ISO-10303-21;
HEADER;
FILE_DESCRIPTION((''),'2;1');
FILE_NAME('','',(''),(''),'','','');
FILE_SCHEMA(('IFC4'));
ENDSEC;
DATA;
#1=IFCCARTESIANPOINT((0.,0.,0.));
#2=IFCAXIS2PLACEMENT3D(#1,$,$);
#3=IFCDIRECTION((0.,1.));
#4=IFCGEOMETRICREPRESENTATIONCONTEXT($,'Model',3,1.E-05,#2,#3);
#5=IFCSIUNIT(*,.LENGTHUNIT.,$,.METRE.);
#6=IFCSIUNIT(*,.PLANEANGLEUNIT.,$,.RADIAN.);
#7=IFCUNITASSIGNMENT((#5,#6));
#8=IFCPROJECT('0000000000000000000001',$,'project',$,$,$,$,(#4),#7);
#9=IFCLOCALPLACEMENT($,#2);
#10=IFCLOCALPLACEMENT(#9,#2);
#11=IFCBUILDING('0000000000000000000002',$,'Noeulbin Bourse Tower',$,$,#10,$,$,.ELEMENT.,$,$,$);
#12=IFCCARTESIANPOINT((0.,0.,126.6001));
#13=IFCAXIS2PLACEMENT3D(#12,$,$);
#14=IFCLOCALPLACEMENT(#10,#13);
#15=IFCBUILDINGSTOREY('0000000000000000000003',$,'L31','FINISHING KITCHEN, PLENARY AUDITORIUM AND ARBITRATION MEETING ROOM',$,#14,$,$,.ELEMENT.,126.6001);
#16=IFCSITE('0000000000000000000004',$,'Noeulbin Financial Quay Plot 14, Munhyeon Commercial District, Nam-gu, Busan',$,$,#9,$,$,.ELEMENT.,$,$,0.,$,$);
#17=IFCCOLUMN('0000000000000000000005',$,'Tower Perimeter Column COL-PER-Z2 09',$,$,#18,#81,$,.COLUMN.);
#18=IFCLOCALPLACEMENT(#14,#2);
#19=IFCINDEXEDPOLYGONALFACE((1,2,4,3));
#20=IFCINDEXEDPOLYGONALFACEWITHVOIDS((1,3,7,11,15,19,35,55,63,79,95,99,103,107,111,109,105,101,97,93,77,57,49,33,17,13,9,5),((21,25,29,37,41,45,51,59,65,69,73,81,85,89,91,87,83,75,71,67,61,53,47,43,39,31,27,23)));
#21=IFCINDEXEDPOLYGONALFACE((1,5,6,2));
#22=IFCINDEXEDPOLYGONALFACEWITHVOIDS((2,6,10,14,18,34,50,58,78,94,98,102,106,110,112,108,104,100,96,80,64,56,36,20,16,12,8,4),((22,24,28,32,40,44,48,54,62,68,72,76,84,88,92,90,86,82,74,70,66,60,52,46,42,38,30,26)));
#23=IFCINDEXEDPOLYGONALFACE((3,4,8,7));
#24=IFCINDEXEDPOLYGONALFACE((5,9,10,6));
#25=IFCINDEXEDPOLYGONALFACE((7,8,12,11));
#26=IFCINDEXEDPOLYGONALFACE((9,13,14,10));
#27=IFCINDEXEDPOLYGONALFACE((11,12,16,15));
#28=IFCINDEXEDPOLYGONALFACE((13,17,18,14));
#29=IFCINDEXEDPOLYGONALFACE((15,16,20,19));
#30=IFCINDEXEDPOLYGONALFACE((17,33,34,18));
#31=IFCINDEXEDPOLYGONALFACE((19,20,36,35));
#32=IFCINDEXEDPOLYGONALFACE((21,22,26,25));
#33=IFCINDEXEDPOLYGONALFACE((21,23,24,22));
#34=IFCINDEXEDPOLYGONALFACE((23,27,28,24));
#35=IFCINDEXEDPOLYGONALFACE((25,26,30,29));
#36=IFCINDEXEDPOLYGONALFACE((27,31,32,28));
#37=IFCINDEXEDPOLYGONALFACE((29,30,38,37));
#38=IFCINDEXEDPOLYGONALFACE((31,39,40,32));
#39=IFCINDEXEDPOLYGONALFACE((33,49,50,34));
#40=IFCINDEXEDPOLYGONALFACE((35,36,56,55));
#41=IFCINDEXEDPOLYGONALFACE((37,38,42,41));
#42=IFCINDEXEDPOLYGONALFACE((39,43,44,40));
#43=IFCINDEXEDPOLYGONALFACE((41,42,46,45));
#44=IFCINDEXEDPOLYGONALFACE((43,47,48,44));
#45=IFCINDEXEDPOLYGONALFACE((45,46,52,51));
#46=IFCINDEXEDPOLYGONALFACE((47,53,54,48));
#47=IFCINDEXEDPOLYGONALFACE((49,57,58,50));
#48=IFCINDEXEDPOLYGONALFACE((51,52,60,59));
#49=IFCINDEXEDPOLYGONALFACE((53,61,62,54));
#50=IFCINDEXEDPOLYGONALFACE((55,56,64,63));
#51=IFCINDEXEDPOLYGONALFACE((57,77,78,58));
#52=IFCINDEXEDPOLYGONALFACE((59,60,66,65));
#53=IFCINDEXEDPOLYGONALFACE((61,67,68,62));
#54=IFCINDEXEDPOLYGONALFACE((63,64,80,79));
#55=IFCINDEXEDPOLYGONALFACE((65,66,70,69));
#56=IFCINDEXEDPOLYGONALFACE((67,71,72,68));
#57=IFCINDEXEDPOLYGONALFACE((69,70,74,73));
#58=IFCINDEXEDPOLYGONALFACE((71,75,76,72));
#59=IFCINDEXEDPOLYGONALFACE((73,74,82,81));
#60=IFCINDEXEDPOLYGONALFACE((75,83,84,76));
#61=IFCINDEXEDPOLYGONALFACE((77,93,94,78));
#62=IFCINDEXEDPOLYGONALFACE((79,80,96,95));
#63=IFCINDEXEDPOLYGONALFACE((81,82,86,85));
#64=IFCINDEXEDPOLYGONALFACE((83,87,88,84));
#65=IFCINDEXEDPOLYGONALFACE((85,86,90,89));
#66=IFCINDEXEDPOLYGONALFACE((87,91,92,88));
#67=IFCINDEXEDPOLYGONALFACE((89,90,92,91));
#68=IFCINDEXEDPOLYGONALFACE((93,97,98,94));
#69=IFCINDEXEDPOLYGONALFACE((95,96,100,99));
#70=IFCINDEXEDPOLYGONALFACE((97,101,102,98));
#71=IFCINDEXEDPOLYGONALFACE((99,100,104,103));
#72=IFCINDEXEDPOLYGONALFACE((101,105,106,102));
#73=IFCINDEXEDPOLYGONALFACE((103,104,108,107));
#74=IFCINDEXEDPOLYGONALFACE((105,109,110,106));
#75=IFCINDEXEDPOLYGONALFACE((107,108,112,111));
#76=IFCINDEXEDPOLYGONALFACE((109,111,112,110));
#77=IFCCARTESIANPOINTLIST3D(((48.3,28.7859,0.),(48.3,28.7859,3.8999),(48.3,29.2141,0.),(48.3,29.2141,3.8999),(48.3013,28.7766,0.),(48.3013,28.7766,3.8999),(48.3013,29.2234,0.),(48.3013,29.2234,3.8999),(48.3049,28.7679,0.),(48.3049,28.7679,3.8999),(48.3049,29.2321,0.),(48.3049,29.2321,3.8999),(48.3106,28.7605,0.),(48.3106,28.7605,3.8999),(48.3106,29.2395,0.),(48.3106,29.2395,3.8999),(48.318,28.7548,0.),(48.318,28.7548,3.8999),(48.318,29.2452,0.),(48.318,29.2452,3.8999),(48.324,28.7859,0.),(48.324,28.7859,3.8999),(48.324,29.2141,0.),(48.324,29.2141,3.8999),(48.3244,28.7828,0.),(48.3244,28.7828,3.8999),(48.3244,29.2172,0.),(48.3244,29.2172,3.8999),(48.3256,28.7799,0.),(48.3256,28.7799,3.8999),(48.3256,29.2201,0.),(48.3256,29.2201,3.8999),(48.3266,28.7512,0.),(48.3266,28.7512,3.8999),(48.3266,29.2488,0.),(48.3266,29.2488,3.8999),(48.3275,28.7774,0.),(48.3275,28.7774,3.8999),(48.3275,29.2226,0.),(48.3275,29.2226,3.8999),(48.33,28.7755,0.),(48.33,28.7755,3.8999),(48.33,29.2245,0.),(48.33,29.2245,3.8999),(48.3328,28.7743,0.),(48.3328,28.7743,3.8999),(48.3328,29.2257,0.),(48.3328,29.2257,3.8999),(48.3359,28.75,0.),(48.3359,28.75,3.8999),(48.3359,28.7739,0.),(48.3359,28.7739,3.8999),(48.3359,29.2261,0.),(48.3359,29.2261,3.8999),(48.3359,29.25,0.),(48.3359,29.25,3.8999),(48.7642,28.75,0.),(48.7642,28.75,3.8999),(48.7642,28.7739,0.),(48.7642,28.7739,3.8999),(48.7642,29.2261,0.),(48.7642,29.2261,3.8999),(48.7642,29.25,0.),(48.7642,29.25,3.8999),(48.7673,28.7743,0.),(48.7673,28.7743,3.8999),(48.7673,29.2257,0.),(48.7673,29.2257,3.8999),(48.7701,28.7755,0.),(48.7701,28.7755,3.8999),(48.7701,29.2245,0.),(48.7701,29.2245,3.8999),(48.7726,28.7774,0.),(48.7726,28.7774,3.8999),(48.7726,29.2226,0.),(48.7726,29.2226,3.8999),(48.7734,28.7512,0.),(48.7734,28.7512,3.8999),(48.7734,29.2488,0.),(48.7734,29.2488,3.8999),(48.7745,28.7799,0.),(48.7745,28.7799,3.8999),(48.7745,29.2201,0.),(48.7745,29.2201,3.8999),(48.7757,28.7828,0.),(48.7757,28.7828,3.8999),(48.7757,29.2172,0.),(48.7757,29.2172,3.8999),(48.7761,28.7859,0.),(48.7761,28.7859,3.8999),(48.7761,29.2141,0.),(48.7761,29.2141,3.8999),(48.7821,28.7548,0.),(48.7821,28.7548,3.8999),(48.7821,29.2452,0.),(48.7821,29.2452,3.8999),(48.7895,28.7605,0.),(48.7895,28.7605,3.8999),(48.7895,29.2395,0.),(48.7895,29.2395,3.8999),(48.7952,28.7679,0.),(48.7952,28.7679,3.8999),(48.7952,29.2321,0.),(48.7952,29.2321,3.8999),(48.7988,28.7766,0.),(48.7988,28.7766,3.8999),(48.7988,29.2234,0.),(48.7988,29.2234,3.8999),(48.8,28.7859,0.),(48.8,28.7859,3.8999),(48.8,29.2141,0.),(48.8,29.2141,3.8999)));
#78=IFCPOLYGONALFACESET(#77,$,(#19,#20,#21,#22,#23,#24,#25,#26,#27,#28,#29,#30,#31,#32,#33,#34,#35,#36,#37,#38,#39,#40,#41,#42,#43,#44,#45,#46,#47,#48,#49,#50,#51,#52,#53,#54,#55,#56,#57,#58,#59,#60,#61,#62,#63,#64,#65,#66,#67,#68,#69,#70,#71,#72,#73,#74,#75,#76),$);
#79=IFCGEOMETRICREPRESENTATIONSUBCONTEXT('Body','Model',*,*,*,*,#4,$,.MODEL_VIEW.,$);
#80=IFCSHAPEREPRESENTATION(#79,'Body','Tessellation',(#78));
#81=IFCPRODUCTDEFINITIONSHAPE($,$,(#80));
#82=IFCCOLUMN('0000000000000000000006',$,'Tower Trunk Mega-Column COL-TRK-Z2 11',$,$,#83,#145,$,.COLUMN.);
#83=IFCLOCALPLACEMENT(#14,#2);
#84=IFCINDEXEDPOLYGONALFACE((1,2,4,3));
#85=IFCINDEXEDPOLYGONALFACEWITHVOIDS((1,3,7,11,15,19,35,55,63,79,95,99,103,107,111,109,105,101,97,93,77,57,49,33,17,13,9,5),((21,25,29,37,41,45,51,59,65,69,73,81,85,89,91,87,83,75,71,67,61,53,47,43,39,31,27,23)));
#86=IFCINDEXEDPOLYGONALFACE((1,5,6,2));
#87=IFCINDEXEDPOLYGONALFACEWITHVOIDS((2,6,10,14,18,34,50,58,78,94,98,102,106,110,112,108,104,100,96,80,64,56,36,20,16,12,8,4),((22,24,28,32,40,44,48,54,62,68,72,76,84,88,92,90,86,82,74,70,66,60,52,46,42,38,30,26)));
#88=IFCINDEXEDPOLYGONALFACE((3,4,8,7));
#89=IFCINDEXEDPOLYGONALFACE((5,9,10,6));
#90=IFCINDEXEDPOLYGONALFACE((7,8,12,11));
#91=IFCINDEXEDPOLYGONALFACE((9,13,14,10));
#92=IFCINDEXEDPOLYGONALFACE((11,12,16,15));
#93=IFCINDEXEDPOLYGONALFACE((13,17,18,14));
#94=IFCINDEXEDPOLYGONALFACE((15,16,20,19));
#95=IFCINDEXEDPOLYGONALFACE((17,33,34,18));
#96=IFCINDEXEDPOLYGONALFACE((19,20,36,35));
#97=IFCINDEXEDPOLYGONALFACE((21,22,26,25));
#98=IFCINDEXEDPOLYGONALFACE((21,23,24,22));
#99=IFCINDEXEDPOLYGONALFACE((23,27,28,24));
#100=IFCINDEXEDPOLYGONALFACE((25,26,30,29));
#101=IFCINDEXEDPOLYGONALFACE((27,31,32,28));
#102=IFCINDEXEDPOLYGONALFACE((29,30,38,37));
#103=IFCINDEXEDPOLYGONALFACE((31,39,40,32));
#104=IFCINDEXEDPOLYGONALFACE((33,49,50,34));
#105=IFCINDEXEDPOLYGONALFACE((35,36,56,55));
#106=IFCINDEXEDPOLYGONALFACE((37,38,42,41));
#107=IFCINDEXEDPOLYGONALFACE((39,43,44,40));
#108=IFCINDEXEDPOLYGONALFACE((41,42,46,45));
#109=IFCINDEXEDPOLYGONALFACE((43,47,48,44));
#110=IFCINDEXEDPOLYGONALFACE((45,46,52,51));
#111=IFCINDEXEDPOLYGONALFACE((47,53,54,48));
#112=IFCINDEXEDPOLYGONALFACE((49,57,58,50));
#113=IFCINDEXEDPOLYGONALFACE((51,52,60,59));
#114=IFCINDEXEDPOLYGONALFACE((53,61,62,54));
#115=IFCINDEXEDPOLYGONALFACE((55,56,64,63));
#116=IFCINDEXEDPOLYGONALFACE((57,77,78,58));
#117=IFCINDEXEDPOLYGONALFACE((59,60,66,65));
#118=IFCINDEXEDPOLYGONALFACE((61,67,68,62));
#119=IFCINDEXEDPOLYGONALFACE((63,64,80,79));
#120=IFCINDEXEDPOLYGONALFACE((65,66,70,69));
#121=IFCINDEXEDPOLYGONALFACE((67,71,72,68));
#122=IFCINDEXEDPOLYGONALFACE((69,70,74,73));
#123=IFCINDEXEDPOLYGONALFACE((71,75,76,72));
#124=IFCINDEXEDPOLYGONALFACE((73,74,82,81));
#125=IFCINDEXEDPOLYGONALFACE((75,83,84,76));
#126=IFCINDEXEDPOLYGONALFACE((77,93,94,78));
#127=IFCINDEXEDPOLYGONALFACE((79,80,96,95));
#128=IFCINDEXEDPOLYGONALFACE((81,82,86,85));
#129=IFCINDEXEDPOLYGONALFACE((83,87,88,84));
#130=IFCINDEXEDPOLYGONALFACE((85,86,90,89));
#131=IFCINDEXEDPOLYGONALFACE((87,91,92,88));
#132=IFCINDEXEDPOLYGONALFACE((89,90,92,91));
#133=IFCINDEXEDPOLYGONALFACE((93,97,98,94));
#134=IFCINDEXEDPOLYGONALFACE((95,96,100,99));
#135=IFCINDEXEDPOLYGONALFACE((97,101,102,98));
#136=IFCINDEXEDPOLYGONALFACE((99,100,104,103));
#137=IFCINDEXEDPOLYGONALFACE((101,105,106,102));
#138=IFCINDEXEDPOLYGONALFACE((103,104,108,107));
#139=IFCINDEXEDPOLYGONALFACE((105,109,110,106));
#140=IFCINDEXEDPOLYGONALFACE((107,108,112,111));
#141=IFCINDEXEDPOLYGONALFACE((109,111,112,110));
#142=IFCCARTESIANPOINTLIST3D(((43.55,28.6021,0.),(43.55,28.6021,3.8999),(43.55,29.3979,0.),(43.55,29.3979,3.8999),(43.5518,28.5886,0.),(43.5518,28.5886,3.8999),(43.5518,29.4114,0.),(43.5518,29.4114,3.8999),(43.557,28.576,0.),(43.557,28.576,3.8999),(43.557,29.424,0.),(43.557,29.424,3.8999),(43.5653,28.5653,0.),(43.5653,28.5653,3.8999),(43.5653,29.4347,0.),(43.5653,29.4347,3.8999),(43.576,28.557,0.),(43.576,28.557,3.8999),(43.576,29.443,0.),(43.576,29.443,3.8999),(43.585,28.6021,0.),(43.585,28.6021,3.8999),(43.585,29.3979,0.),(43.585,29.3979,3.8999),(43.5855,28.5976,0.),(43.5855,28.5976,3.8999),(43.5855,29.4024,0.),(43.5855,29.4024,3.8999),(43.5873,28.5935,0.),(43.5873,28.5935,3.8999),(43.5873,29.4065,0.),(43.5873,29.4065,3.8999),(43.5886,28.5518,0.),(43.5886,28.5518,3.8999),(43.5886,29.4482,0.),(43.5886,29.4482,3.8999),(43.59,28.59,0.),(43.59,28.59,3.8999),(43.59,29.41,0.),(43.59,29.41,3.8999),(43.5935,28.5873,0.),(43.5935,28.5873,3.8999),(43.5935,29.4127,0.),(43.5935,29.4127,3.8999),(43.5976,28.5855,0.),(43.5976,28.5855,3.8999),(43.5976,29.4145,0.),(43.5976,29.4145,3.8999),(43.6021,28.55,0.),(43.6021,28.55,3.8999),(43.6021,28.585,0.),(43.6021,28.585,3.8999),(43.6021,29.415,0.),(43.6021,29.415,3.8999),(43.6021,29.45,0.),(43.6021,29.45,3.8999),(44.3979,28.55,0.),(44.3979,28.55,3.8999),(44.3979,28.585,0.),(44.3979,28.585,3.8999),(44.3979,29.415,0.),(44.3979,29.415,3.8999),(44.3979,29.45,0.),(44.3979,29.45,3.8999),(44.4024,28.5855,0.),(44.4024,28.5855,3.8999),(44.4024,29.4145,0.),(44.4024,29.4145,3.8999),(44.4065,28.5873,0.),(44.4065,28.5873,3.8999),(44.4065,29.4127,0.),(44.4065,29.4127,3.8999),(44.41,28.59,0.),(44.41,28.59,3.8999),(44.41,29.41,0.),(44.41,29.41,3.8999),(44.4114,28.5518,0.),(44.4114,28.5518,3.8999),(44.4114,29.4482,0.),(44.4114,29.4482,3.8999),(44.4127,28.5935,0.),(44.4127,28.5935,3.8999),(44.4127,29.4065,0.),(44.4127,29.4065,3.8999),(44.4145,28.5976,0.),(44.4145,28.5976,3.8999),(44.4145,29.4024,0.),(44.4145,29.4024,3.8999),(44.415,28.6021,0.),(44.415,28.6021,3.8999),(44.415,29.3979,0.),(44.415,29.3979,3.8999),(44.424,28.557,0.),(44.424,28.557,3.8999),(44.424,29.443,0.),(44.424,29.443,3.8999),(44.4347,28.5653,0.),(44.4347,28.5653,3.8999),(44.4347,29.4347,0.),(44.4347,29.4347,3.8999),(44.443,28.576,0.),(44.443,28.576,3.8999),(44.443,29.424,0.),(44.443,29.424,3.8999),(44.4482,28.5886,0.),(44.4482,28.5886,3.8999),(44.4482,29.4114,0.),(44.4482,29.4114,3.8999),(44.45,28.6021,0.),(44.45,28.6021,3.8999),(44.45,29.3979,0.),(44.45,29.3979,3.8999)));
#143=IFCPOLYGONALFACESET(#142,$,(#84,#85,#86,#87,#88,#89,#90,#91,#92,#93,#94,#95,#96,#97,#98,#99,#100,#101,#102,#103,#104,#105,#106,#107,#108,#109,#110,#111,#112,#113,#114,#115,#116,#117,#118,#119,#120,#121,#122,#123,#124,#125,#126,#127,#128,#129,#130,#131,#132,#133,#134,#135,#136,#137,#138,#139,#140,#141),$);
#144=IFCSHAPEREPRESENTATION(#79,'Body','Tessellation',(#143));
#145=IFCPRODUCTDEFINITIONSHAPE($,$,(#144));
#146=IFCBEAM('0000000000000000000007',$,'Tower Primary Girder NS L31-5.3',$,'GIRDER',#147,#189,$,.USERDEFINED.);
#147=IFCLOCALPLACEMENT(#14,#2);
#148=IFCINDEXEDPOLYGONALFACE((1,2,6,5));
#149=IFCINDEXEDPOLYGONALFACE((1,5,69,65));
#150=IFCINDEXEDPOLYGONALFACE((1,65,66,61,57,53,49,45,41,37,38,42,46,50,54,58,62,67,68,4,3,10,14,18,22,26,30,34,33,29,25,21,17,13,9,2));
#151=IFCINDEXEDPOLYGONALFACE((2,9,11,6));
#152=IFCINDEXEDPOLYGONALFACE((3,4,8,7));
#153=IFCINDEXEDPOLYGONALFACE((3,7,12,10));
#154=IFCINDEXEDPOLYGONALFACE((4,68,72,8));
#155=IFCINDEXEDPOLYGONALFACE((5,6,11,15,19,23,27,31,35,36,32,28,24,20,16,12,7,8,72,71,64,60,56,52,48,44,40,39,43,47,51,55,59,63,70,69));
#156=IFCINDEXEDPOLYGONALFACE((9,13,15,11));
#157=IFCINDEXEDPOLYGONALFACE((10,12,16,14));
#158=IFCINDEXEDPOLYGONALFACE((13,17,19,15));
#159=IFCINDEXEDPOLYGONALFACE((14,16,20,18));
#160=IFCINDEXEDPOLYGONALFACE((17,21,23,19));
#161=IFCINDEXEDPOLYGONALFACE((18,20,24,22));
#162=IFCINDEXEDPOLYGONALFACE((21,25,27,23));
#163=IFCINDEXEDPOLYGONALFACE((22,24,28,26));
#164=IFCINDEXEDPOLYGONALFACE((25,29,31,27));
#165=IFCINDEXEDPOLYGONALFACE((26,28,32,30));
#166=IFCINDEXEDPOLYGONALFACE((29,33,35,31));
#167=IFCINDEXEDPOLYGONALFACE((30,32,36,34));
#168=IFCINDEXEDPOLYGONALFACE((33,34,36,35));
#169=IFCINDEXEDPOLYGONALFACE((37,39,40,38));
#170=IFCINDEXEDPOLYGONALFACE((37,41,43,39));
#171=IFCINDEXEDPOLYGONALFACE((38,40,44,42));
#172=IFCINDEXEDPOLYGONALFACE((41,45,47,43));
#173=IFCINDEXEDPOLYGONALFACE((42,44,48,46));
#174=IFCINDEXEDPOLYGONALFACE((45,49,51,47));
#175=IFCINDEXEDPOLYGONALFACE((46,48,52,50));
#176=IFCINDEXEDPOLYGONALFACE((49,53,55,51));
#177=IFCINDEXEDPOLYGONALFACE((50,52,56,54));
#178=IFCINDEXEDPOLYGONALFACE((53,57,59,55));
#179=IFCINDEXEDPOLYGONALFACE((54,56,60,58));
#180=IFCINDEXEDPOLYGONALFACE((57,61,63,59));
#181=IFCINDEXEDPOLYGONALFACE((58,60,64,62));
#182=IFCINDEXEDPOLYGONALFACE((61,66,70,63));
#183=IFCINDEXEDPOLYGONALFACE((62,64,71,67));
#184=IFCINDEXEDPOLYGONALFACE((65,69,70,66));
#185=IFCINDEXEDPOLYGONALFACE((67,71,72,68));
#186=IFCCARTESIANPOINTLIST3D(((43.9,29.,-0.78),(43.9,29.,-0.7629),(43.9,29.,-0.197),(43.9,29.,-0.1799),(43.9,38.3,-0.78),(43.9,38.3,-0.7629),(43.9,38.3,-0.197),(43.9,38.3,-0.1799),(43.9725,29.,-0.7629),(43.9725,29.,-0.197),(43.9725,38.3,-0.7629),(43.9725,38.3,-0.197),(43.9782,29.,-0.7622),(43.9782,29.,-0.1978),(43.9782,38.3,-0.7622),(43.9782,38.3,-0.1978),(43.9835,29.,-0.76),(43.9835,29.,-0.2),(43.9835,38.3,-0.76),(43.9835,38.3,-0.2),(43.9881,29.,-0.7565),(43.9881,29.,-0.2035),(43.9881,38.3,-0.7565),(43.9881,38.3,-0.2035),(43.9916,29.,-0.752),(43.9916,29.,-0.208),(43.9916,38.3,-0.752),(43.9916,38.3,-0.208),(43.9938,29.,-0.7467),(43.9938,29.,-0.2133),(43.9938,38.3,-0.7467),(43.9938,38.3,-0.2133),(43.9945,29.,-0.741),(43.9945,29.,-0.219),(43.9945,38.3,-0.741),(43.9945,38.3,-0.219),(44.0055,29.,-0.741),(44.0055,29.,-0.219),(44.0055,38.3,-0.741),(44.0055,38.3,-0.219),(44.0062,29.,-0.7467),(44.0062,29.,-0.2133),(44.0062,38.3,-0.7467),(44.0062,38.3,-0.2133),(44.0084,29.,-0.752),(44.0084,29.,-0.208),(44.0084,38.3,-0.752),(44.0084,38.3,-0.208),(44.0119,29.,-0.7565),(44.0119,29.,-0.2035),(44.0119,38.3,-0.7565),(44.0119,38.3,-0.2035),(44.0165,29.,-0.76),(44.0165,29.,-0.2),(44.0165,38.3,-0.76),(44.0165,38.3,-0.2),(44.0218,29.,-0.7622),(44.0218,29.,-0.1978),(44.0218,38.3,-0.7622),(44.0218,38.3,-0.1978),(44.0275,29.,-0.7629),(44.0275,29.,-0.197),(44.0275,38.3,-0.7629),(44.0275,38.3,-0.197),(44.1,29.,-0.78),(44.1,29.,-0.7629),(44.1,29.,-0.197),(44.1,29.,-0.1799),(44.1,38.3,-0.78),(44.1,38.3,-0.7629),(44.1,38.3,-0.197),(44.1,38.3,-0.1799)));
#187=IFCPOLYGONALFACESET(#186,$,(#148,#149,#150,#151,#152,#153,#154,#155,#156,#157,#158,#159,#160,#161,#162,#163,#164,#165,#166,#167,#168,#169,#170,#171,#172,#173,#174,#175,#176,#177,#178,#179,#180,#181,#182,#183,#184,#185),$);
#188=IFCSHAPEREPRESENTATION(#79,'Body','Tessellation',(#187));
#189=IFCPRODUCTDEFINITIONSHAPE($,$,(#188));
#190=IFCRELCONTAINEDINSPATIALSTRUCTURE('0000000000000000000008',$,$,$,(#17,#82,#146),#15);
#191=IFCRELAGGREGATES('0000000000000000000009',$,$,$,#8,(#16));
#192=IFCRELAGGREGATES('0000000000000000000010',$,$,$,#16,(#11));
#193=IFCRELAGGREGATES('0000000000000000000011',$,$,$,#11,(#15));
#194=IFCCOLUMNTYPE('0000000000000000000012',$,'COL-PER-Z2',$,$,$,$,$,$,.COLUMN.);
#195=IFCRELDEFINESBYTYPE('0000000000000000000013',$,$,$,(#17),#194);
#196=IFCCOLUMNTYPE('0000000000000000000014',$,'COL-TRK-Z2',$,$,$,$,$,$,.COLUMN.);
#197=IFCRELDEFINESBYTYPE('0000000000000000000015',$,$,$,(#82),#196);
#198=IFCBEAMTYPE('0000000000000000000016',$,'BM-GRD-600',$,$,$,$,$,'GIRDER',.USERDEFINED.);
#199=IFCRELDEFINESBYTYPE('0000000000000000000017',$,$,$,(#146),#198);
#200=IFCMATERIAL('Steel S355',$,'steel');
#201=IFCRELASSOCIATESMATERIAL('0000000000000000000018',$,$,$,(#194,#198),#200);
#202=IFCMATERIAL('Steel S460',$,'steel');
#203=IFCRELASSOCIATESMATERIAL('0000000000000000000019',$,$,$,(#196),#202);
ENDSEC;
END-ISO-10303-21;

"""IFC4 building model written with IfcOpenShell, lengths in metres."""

from ifc_helpers import new_model, si_unit, direction, frame, origin, origin_2d, place, context, subcontext, project, spatial, hollow_rectangle, i_section, extrude, material, material_profile, profile_set, type_object, element, save


model = new_model("IFC4")

# Units and contexts
model_context = context("Model", 3, precision=1e-05, world=origin(), true_north=direction((0.0, 1.0)))
body_context = subcontext(model_context, "Body", "Model", "MODEL_VIEW")
ifc_project = project(units=[si_unit("LENGTHUNIT", "METRE"), si_unit("PLANEANGLEUNIT", "RADIAN")], contexts=[model_context])

# Site, building, storey
site_placement = place(None, origin())
site = spatial("IfcSite", under=ifc_project, at=site_placement, Name="Noeulbin Financial Quay Plot 14, Munhyeon Commercial District, Nam-gu, Busan", CompositionType="ELEMENT", RefElevation=0.0)
building_placement = place(site_placement, origin())
building = spatial("IfcBuilding", under=site, at=building_placement, Name="Noeulbin Bourse Tower", CompositionType="ELEMENT")
storey_placement = place(building_placement, frame((0.0, 0.0, 126.6001)))
storey = spatial("IfcBuildingStorey", under=building, at=storey_placement, Name="L31", Description="FINISHING KITCHEN, PLENARY AUDITORIUM AND ARBITRATION MEETING ROOM", CompositionType="ELEMENT", Elevation=126.6001)

# Columns
ifc_material_1 = material(Name="Steel S355", Category="steel")
ifc_material_profile_1 = material_profile(ifc_material_1, hollow_rectangle(XDim=0.5, YDim=0.5, WallThickness=0.0239, InnerFilletRadius=0.012, OuterFilletRadius=0.0359, at=origin_2d()), Name="BOX-500x500x24", Category="LoadBearing")
ifc_profile_set_1 = profile_set([ifc_material_profile_1], Name="Steel S355")
column_type_1 = type_object("IfcColumnType", Name="COL-PER-Z2", PredefinedType="COLUMN", material=ifc_profile_set_1)
column_1_placement = place(storey_placement, frame((48.55, 29.0, 0.0), z_axis=(0.0, 0.0, 1.0), x_axis=(1.0, 0.0, 0.0)))
element("IfcColumn", 1, at=column_1_placement, inside=storey, type_object=column_type_1, Name="Tower Perimeter Column COL-PER-Z2 09", PredefinedType="COLUMN", context=body_context, shape_type="SweptSolid", body=[
    extrude(hollow_rectangle(XDim=0.5, YDim=0.5, WallThickness=0.0239, InnerFilletRadius=0.012, OuterFilletRadius=0.0359, at=origin_2d()), origin(), (0.0, 0.0, 1.0), 3.8999),
])
ifc_material_2 = material(Name="Steel S460", Category="steel")
ifc_material_profile_2 = material_profile(ifc_material_2, hollow_rectangle(XDim=0.8999, YDim=0.8999, WallThickness=0.0349, InnerFilletRadius=0.0171, OuterFilletRadius=0.052, at=origin_2d()), Name="BOX-900x900x35", Category="LoadBearing")
ifc_profile_set_2 = profile_set([ifc_material_profile_2], Name="Steel S460")
column_type_2 = type_object("IfcColumnType", Name="COL-TRK-Z2", PredefinedType="COLUMN", material=ifc_profile_set_2)
column_2_placement = place(storey_placement, frame((44.0, 29.0, 0.0), z_axis=(0.0, 0.0, 1.0), x_axis=(1.0, 0.0, 0.0)))
element("IfcColumn", 2, at=column_2_placement, inside=storey, type_object=column_type_2, Name="Tower Trunk Mega-Column COL-TRK-Z2 11", PredefinedType="COLUMN", context=body_context, shape_type="SweptSolid", body=[
    extrude(hollow_rectangle(XDim=0.8999, YDim=0.8999, WallThickness=0.0349, InnerFilletRadius=0.0171, OuterFilletRadius=0.052, at=origin_2d()), origin(), (0.0, 0.0, 1.0), 3.8999),
])

# Beam
ifc_material_profile_3 = material_profile(ifc_material_1, i_section(OverallWidth=0.2, OverallDepth=0.6001, WebThickness=0.011, FlangeThickness=0.0171, FilletRadius=0.022, at=origin_2d()), Name="H-600x200x11x17", Category="LoadBearing")
ifc_profile_set_3 = profile_set([ifc_material_profile_3], Name="Steel S355")
beam_type_1 = type_object("IfcBeamType", Name="BM-GRD-600", ElementType="GIRDER", PredefinedType="USERDEFINED", material=ifc_profile_set_3)
beam_1_placement = place(storey_placement, frame((44.0, 29.0, -0.48), z_axis=(0.0, 1.0, 0.0), x_axis=(-1.0, 0.0, 0.0)))
element("IfcBeam", 3, at=beam_1_placement, inside=storey, type_object=beam_type_1, Name="Tower Primary Girder NS L31-5.3", ObjectType="GIRDER", PredefinedType="USERDEFINED", context=body_context, shape_type="SweptSolid", body=[
    extrude(i_section(OverallWidth=0.2, OverallDepth=0.6001, WebThickness=0.011, FlangeThickness=0.0171, FilletRadius=0.022, at=origin_2d()), origin(), (0.0, 0.0, 1.0), 9.3),
])

save(model, "model.ifc")
